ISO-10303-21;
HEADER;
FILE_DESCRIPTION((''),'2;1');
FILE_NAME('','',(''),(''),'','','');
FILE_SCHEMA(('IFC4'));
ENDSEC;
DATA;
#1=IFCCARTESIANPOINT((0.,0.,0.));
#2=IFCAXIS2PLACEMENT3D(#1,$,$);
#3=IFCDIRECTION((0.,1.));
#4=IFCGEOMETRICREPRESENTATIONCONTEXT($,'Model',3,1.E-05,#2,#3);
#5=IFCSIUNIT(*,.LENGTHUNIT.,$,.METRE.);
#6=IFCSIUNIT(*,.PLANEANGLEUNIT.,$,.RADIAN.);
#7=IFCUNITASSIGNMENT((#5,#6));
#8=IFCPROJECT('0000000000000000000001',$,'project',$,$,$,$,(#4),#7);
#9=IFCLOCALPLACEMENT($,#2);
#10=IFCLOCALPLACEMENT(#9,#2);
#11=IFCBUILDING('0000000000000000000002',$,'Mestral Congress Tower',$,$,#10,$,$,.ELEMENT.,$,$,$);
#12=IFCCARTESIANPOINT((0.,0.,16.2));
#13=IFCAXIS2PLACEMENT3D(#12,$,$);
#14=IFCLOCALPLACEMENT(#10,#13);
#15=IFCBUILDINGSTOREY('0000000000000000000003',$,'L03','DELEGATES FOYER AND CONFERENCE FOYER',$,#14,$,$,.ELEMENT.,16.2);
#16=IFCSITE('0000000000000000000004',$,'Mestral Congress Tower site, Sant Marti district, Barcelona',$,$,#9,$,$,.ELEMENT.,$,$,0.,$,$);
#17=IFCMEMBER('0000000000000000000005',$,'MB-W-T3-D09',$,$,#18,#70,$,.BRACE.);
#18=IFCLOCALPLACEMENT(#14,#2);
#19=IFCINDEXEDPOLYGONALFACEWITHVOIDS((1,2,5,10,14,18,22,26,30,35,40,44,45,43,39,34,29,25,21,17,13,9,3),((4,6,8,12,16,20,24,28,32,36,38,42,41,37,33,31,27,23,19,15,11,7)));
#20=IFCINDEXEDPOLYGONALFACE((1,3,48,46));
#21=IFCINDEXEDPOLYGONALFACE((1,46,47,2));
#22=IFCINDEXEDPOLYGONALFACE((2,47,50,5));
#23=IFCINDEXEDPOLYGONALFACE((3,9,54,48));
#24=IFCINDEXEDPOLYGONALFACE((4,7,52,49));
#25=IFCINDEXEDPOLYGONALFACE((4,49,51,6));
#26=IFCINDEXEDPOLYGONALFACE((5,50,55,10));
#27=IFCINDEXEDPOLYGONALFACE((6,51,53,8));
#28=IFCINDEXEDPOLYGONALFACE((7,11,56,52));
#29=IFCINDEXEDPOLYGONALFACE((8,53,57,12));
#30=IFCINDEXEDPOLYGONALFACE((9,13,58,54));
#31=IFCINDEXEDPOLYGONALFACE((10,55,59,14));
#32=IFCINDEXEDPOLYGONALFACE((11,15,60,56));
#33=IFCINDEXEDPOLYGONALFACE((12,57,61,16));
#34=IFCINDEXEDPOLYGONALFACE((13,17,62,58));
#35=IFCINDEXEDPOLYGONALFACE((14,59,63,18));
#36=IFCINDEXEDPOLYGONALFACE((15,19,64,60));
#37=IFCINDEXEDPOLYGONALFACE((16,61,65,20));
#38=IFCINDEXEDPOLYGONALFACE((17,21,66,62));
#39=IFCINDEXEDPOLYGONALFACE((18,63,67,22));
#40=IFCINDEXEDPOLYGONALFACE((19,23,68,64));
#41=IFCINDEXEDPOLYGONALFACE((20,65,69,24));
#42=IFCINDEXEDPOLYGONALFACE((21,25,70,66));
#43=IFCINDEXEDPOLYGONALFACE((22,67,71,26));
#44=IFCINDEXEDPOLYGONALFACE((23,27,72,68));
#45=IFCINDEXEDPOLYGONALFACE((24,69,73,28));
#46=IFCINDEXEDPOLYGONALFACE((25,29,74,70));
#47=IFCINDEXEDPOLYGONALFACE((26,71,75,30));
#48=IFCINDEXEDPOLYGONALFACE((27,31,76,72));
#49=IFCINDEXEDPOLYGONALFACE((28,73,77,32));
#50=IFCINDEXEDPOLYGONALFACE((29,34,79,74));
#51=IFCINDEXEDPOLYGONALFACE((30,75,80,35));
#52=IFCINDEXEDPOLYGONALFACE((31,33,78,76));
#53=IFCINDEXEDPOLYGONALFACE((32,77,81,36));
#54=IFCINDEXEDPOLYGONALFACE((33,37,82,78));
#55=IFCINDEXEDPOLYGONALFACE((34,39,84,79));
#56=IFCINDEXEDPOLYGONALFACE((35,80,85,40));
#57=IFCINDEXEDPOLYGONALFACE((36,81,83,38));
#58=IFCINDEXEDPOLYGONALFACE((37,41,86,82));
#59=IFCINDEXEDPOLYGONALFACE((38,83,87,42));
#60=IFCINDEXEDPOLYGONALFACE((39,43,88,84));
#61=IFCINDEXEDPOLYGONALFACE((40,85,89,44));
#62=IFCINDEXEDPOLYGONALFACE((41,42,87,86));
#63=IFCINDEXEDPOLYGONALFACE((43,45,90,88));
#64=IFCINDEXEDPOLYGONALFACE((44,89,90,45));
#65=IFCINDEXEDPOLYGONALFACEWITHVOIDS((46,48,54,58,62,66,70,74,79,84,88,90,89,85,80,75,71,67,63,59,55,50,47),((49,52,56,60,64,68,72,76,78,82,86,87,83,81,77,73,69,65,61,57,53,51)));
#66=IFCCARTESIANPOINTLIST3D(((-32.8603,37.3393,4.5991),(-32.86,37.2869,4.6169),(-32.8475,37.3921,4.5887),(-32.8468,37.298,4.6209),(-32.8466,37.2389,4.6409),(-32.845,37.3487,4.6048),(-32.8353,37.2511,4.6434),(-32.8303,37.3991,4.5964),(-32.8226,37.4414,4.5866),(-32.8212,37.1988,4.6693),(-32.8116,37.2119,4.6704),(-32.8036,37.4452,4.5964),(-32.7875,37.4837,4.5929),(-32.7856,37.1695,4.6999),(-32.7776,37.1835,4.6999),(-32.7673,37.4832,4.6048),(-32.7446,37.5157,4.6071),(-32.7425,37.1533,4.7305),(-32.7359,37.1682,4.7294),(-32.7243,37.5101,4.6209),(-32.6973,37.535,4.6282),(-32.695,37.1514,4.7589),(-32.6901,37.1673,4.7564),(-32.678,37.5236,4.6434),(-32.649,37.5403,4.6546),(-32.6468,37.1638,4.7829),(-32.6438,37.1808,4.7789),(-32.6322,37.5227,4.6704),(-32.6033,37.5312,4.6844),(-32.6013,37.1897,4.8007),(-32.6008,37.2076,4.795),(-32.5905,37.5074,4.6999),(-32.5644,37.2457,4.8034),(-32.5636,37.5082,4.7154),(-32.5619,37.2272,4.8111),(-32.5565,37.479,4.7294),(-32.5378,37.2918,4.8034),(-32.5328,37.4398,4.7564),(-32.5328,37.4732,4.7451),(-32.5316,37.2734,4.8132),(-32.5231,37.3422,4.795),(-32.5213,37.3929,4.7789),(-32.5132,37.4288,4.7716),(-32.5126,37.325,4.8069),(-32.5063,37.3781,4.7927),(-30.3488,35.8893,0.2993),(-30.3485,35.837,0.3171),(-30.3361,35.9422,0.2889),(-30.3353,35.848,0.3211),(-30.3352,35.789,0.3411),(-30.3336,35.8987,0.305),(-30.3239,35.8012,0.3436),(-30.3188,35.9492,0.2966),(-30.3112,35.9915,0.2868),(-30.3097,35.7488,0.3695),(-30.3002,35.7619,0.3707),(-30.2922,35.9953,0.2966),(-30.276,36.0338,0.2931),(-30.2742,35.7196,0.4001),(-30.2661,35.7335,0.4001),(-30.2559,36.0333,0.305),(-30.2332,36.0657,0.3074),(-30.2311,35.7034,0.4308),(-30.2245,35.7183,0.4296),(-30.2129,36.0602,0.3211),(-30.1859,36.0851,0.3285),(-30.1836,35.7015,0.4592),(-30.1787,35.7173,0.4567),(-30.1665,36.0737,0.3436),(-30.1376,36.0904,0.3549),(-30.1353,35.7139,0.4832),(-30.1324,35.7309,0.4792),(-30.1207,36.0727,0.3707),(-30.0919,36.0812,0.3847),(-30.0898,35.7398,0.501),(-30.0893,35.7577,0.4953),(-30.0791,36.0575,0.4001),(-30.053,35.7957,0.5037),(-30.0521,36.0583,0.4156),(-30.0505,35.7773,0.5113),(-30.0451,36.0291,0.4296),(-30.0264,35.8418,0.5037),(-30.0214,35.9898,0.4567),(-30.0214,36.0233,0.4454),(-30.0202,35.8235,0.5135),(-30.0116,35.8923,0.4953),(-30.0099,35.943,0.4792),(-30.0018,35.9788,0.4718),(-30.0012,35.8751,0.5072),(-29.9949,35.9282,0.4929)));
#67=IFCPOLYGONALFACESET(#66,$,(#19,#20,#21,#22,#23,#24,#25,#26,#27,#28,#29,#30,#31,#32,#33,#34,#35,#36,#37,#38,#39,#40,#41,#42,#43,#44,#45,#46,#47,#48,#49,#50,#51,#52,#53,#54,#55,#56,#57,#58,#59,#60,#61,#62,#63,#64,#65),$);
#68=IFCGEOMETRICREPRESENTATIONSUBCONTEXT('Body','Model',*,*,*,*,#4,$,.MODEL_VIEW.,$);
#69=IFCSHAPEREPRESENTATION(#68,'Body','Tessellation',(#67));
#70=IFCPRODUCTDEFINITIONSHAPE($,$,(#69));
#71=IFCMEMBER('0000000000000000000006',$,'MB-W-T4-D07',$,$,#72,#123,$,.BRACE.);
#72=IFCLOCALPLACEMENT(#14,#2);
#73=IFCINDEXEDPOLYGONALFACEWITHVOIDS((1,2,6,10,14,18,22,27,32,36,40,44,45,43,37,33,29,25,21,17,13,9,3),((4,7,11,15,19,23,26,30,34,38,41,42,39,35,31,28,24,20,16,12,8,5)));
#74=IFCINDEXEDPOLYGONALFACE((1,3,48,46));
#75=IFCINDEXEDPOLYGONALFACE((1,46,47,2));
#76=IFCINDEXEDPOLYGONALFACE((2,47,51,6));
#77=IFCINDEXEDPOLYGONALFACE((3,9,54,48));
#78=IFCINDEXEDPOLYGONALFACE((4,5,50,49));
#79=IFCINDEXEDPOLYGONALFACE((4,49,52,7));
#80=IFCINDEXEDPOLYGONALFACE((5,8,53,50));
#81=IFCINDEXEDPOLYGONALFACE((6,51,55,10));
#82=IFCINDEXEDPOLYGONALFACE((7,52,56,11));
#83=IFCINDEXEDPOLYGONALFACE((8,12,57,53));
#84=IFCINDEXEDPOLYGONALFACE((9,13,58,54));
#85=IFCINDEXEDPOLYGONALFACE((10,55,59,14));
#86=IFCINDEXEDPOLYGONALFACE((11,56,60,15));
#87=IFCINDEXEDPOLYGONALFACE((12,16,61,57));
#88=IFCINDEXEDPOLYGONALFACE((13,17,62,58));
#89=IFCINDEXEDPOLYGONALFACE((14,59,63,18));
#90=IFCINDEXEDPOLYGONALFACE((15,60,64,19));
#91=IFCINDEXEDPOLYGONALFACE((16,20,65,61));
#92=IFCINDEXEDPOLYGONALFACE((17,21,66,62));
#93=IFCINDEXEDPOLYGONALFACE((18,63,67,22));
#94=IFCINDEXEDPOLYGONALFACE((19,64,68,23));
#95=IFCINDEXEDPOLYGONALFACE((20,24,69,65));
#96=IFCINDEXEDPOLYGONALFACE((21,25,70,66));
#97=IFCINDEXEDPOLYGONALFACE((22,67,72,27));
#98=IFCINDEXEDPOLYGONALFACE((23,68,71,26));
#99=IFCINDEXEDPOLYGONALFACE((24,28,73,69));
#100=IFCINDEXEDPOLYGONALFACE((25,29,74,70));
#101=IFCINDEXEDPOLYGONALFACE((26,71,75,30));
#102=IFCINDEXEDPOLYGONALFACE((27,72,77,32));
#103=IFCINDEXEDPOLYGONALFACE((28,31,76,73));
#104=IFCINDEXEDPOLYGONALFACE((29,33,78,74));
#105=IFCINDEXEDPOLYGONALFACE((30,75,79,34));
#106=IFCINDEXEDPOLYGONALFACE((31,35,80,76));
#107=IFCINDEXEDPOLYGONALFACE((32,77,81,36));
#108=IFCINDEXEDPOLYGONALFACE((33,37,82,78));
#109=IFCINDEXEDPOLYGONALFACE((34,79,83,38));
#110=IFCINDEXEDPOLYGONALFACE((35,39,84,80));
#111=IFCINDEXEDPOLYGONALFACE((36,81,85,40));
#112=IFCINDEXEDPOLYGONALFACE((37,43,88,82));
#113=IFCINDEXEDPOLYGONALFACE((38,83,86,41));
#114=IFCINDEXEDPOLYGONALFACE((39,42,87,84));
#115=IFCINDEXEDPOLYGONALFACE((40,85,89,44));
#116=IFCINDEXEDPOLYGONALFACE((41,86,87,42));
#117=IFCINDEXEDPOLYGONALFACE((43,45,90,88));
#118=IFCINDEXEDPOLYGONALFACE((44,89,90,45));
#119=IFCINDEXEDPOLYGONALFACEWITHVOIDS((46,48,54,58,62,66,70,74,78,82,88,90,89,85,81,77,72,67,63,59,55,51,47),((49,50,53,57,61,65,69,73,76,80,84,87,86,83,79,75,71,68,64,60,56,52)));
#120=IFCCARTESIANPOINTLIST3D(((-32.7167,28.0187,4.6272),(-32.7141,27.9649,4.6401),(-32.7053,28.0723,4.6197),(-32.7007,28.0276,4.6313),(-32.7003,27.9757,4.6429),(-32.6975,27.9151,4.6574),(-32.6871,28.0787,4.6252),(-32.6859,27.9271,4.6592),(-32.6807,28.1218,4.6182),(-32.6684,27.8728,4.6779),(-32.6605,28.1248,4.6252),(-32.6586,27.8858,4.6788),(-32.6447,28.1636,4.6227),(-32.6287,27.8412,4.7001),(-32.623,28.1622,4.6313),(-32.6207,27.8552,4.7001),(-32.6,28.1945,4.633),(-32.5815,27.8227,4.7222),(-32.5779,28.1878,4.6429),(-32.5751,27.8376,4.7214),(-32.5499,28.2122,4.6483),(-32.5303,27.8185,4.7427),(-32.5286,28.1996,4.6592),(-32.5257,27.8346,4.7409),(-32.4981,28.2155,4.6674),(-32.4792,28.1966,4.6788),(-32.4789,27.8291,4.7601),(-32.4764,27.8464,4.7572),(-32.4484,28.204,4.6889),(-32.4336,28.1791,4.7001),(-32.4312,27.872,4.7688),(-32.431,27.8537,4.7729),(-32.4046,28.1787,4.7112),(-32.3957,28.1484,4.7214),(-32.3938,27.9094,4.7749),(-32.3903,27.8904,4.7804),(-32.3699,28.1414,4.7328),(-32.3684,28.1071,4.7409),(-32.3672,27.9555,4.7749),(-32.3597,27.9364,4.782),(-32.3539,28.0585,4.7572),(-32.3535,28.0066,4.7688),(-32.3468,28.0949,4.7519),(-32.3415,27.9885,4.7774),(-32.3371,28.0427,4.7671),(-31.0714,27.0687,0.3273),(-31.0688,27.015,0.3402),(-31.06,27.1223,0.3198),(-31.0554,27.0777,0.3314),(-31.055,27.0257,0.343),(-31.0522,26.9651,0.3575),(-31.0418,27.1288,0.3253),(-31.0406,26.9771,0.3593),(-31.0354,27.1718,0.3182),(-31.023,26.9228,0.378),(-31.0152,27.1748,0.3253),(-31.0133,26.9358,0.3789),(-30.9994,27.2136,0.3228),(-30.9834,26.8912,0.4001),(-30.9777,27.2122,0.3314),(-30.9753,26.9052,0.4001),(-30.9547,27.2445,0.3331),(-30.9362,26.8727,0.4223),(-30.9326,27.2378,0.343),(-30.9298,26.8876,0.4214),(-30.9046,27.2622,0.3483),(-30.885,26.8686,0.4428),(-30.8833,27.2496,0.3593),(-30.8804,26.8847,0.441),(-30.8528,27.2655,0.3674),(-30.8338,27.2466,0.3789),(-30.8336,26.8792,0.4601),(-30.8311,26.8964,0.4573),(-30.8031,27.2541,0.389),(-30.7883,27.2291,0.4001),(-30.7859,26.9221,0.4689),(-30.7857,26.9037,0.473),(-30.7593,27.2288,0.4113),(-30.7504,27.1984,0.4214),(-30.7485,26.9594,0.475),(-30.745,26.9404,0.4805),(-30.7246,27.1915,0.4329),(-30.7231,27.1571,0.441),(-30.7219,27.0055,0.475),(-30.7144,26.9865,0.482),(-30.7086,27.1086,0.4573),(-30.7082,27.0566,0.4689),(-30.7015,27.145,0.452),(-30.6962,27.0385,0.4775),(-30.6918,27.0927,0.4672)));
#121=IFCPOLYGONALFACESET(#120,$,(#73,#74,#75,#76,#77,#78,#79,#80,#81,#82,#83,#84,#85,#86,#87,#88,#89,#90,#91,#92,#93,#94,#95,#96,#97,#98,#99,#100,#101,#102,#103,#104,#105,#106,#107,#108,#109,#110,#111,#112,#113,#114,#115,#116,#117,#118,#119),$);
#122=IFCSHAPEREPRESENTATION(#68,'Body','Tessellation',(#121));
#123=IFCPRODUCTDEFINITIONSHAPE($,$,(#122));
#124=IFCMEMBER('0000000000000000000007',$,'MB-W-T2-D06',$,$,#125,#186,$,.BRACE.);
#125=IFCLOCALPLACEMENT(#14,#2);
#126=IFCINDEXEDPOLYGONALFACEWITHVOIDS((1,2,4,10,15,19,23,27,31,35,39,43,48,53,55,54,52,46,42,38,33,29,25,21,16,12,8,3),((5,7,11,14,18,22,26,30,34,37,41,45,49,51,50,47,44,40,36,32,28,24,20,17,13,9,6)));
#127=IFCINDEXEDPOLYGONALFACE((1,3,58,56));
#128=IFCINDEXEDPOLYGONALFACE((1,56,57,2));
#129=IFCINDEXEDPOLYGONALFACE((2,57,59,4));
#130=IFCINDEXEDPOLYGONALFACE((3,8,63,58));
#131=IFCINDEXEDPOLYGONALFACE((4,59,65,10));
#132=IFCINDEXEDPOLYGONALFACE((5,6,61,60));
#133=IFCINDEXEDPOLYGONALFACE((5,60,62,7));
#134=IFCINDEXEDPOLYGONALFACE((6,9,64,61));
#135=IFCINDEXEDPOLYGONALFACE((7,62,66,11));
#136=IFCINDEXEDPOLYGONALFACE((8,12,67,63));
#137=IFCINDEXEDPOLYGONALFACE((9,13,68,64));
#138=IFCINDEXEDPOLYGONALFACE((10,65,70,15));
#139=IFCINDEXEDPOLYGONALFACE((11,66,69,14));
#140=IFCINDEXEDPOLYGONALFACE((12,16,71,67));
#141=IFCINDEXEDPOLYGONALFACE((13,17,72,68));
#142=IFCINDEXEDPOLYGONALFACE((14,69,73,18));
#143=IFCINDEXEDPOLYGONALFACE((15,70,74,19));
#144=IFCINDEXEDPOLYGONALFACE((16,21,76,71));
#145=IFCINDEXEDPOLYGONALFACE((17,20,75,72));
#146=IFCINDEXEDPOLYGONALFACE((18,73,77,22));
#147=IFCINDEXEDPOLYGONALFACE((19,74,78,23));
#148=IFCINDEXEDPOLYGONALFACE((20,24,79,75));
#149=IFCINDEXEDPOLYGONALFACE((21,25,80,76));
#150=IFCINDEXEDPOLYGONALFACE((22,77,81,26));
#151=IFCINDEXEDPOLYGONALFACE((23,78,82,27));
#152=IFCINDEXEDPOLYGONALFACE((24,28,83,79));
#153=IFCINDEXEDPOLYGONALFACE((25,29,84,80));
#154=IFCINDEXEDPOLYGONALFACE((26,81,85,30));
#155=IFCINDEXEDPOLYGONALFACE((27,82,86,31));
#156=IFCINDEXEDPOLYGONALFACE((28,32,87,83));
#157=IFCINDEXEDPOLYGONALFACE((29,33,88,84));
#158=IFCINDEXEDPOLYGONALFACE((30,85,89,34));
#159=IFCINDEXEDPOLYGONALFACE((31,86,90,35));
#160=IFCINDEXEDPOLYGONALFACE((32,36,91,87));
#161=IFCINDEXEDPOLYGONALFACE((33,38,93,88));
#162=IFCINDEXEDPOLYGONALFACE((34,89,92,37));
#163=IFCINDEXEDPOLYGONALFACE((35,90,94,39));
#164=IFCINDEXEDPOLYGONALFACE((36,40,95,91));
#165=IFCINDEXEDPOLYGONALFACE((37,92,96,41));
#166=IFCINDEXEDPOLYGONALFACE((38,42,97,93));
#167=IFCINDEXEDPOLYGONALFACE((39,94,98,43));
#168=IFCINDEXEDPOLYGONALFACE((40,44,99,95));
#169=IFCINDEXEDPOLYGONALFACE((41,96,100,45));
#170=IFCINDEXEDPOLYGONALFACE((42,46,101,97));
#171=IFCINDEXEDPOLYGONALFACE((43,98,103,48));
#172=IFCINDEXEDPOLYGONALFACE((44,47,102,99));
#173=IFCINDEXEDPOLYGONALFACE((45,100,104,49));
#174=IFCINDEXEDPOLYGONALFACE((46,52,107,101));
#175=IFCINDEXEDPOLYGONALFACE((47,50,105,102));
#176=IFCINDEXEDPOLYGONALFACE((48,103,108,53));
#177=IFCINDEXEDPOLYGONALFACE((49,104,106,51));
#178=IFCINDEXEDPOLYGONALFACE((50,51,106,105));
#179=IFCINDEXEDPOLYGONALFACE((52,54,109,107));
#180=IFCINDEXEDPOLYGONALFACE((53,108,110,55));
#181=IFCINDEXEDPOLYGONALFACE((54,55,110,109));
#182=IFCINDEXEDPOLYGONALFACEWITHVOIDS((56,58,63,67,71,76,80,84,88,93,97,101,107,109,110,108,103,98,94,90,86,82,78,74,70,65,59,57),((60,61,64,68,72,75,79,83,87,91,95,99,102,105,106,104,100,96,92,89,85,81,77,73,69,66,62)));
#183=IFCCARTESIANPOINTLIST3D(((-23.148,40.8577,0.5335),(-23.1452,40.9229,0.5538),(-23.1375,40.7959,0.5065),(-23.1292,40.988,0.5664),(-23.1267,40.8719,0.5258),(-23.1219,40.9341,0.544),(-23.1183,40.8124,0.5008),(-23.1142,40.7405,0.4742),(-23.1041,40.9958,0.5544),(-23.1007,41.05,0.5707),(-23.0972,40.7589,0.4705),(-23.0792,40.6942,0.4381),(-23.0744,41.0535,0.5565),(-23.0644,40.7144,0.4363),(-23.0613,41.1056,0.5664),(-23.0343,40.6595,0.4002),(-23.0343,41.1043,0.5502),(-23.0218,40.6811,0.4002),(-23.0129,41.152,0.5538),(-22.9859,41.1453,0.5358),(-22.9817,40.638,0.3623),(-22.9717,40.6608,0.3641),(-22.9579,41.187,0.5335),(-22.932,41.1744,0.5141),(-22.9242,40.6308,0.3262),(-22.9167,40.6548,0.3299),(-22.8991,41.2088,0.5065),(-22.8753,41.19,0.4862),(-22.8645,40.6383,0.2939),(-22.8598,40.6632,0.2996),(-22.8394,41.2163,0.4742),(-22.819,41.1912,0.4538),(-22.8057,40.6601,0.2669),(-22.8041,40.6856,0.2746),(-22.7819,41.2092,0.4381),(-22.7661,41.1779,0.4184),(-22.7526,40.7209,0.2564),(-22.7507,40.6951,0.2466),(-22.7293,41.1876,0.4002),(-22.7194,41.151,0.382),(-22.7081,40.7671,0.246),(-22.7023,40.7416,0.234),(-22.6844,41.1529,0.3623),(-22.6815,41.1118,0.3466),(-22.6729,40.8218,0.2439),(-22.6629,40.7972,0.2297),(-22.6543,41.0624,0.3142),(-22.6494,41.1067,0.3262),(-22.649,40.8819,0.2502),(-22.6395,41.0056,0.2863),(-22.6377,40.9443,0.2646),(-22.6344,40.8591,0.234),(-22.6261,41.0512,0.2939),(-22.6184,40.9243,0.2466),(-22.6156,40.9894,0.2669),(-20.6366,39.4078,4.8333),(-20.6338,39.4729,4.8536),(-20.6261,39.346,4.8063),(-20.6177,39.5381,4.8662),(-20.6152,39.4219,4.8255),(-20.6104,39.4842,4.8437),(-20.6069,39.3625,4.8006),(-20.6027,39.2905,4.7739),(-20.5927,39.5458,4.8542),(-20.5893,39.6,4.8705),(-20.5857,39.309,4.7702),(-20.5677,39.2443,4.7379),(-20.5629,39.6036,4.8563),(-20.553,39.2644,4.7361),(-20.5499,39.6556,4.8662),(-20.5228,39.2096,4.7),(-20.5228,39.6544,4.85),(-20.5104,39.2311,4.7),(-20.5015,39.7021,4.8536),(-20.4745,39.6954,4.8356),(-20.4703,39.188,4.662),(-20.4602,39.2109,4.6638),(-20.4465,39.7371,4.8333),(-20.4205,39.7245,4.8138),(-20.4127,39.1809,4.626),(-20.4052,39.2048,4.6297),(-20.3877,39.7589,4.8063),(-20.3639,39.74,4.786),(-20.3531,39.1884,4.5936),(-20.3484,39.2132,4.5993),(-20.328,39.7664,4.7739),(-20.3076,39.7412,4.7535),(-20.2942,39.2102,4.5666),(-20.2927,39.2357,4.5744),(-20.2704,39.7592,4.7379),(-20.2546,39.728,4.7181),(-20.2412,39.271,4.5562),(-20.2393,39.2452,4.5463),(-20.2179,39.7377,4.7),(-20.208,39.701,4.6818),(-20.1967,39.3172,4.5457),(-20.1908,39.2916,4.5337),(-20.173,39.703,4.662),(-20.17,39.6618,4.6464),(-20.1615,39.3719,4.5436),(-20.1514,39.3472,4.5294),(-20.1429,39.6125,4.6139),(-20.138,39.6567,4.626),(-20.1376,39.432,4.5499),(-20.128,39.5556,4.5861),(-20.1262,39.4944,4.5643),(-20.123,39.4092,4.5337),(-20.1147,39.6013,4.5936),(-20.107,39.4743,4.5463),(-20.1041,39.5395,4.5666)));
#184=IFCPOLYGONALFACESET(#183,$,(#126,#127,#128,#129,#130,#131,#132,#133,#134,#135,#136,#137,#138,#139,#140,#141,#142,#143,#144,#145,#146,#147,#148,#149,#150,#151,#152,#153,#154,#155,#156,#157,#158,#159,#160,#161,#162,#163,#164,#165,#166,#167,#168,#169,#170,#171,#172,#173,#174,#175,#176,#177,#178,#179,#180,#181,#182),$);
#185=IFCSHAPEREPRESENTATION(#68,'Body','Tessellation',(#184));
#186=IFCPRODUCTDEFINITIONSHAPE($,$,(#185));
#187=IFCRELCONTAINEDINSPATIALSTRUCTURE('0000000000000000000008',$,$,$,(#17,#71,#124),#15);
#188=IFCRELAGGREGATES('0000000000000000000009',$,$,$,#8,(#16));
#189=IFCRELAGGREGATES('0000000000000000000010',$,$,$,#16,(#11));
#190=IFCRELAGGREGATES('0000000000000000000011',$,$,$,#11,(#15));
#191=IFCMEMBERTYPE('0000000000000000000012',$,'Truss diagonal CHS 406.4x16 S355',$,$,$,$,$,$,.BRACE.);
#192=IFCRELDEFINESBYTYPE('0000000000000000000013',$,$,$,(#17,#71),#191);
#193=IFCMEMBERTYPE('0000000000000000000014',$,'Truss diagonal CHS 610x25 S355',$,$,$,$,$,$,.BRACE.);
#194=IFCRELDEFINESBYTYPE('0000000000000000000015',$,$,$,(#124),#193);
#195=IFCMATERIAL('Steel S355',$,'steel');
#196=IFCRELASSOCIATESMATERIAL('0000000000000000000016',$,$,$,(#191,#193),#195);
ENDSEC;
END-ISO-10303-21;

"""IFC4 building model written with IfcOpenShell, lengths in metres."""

from ifc_helpers import new_model, si_unit, direction, frame, origin, origin_2d, place, context, subcontext, project, spatial, hollow_circle, extrude, material, material_profile, profile_set, type_object, element, save


model = new_model("IFC4")

# Units and contexts
model_context = context("Model", 3, precision=1e-05, world=origin(), true_north=direction((0.0, 1.0)))
body_context = subcontext(model_context, "Body", "Model", "MODEL_VIEW")
ifc_project = project(units=[si_unit("LENGTHUNIT", "METRE"), si_unit("PLANEANGLEUNIT", "RADIAN")], contexts=[model_context])

# Site, building, storey
site_placement = place(None, origin())
site = spatial("IfcSite", under=ifc_project, at=site_placement, Name="Mestral Congress Tower site, Sant Marti district, Barcelona", CompositionType="ELEMENT", RefElevation=0.0)
building_placement = place(site_placement, origin())
building = spatial("IfcBuilding", under=site, at=building_placement, Name="Mestral Congress Tower", CompositionType="ELEMENT")
storey_placement = place(building_placement, frame((0.0, 0.0, 16.2)))
storey = spatial("IfcBuildingStorey", under=building, at=storey_placement, Name="L03", Description="DELEGATES FOYER AND CONFERENCE FOYER", CompositionType="ELEMENT", Elevation=16.2)

# Members
ifc_material = material(Name="Steel S355", Category="steel")
ifc_material_profile_1 = material_profile(ifc_material, hollow_circle(Radius=0.2031, WallThickness=0.0161, at=origin_2d()), Name="CHS 406.4x16")
ifc_profile_set_1 = profile_set([ifc_material_profile_1], Name="Steel S355")
member_type_1 = type_object("IfcMemberType", Name="Truss diagonal CHS 406.4x16 S355", PredefinedType="BRACE", material=ifc_profile_set_1)
member_1_placement = place(storey_placement, frame((-30.1726, 35.8955, 0.4001), z_axis=(-0.484247, 0.279571, 0.829062), x_axis=(-0.499987, -0.866033, 0.0)))
element("IfcMember", 1, at=member_1_placement, inside=storey, type_object=member_type_1, Name="MB-W-T3-D09", PredefinedType="BRACE", context=body_context, shape_type="SweptSolid", body=[
    extrude(hollow_circle(Radius=0.2031, WallThickness=0.0161, at=origin_2d()), origin(), (0.0, 0.0, 1.0), 5.1863),
])
member_2_placement = place(storey_placement, frame((-30.8818, 27.0671, 0.4001), z_axis=(-0.349996, 0.202082, 0.914694), x_axis=(-0.500023, -0.866012, 0.0)))
element("IfcMember", 2, at=member_2_placement, inside=storey, type_object=member_type_1, Name="MB-W-T4-D07", PredefinedType="BRACE", context=body_context, shape_type="SweptSolid", body=[
    extrude(hollow_circle(Radius=0.2031, WallThickness=0.0161, at=origin_2d()), origin(), (0.0, 0.0, 1.0), 4.7009),
])
ifc_material_profile_2 = material_profile(ifc_material, hollow_circle(Radius=0.3049, WallThickness=0.0249, at=origin_2d()), Name="CHS 610x25")
ifc_profile_set_2 = profile_set([ifc_material_profile_2], Name="Steel S355")
member_type_2 = type_object("IfcMemberType", Name="Truss diagonal CHS 610x25 S355", PredefinedType="BRACE", material=ifc_profile_set_2)
member_3_placement = place(storey_placement, frame((-20.3704, 39.4736, 4.7), z_axis=(-0.484247, 0.279571, -0.829062), x_axis=(-0.499987, -0.866033, 0.0)))
element("IfcMember", 3, at=member_3_placement, inside=storey, type_object=member_type_2, Name="MB-W-T2-D06", PredefinedType="BRACE", context=body_context, shape_type="SweptSolid", body=[
    extrude(hollow_circle(Radius=0.3049, WallThickness=0.0249, at=origin_2d()), origin(), (0.0, 0.0, 1.0), 5.1863),
])

save(model, "model.ifc")
